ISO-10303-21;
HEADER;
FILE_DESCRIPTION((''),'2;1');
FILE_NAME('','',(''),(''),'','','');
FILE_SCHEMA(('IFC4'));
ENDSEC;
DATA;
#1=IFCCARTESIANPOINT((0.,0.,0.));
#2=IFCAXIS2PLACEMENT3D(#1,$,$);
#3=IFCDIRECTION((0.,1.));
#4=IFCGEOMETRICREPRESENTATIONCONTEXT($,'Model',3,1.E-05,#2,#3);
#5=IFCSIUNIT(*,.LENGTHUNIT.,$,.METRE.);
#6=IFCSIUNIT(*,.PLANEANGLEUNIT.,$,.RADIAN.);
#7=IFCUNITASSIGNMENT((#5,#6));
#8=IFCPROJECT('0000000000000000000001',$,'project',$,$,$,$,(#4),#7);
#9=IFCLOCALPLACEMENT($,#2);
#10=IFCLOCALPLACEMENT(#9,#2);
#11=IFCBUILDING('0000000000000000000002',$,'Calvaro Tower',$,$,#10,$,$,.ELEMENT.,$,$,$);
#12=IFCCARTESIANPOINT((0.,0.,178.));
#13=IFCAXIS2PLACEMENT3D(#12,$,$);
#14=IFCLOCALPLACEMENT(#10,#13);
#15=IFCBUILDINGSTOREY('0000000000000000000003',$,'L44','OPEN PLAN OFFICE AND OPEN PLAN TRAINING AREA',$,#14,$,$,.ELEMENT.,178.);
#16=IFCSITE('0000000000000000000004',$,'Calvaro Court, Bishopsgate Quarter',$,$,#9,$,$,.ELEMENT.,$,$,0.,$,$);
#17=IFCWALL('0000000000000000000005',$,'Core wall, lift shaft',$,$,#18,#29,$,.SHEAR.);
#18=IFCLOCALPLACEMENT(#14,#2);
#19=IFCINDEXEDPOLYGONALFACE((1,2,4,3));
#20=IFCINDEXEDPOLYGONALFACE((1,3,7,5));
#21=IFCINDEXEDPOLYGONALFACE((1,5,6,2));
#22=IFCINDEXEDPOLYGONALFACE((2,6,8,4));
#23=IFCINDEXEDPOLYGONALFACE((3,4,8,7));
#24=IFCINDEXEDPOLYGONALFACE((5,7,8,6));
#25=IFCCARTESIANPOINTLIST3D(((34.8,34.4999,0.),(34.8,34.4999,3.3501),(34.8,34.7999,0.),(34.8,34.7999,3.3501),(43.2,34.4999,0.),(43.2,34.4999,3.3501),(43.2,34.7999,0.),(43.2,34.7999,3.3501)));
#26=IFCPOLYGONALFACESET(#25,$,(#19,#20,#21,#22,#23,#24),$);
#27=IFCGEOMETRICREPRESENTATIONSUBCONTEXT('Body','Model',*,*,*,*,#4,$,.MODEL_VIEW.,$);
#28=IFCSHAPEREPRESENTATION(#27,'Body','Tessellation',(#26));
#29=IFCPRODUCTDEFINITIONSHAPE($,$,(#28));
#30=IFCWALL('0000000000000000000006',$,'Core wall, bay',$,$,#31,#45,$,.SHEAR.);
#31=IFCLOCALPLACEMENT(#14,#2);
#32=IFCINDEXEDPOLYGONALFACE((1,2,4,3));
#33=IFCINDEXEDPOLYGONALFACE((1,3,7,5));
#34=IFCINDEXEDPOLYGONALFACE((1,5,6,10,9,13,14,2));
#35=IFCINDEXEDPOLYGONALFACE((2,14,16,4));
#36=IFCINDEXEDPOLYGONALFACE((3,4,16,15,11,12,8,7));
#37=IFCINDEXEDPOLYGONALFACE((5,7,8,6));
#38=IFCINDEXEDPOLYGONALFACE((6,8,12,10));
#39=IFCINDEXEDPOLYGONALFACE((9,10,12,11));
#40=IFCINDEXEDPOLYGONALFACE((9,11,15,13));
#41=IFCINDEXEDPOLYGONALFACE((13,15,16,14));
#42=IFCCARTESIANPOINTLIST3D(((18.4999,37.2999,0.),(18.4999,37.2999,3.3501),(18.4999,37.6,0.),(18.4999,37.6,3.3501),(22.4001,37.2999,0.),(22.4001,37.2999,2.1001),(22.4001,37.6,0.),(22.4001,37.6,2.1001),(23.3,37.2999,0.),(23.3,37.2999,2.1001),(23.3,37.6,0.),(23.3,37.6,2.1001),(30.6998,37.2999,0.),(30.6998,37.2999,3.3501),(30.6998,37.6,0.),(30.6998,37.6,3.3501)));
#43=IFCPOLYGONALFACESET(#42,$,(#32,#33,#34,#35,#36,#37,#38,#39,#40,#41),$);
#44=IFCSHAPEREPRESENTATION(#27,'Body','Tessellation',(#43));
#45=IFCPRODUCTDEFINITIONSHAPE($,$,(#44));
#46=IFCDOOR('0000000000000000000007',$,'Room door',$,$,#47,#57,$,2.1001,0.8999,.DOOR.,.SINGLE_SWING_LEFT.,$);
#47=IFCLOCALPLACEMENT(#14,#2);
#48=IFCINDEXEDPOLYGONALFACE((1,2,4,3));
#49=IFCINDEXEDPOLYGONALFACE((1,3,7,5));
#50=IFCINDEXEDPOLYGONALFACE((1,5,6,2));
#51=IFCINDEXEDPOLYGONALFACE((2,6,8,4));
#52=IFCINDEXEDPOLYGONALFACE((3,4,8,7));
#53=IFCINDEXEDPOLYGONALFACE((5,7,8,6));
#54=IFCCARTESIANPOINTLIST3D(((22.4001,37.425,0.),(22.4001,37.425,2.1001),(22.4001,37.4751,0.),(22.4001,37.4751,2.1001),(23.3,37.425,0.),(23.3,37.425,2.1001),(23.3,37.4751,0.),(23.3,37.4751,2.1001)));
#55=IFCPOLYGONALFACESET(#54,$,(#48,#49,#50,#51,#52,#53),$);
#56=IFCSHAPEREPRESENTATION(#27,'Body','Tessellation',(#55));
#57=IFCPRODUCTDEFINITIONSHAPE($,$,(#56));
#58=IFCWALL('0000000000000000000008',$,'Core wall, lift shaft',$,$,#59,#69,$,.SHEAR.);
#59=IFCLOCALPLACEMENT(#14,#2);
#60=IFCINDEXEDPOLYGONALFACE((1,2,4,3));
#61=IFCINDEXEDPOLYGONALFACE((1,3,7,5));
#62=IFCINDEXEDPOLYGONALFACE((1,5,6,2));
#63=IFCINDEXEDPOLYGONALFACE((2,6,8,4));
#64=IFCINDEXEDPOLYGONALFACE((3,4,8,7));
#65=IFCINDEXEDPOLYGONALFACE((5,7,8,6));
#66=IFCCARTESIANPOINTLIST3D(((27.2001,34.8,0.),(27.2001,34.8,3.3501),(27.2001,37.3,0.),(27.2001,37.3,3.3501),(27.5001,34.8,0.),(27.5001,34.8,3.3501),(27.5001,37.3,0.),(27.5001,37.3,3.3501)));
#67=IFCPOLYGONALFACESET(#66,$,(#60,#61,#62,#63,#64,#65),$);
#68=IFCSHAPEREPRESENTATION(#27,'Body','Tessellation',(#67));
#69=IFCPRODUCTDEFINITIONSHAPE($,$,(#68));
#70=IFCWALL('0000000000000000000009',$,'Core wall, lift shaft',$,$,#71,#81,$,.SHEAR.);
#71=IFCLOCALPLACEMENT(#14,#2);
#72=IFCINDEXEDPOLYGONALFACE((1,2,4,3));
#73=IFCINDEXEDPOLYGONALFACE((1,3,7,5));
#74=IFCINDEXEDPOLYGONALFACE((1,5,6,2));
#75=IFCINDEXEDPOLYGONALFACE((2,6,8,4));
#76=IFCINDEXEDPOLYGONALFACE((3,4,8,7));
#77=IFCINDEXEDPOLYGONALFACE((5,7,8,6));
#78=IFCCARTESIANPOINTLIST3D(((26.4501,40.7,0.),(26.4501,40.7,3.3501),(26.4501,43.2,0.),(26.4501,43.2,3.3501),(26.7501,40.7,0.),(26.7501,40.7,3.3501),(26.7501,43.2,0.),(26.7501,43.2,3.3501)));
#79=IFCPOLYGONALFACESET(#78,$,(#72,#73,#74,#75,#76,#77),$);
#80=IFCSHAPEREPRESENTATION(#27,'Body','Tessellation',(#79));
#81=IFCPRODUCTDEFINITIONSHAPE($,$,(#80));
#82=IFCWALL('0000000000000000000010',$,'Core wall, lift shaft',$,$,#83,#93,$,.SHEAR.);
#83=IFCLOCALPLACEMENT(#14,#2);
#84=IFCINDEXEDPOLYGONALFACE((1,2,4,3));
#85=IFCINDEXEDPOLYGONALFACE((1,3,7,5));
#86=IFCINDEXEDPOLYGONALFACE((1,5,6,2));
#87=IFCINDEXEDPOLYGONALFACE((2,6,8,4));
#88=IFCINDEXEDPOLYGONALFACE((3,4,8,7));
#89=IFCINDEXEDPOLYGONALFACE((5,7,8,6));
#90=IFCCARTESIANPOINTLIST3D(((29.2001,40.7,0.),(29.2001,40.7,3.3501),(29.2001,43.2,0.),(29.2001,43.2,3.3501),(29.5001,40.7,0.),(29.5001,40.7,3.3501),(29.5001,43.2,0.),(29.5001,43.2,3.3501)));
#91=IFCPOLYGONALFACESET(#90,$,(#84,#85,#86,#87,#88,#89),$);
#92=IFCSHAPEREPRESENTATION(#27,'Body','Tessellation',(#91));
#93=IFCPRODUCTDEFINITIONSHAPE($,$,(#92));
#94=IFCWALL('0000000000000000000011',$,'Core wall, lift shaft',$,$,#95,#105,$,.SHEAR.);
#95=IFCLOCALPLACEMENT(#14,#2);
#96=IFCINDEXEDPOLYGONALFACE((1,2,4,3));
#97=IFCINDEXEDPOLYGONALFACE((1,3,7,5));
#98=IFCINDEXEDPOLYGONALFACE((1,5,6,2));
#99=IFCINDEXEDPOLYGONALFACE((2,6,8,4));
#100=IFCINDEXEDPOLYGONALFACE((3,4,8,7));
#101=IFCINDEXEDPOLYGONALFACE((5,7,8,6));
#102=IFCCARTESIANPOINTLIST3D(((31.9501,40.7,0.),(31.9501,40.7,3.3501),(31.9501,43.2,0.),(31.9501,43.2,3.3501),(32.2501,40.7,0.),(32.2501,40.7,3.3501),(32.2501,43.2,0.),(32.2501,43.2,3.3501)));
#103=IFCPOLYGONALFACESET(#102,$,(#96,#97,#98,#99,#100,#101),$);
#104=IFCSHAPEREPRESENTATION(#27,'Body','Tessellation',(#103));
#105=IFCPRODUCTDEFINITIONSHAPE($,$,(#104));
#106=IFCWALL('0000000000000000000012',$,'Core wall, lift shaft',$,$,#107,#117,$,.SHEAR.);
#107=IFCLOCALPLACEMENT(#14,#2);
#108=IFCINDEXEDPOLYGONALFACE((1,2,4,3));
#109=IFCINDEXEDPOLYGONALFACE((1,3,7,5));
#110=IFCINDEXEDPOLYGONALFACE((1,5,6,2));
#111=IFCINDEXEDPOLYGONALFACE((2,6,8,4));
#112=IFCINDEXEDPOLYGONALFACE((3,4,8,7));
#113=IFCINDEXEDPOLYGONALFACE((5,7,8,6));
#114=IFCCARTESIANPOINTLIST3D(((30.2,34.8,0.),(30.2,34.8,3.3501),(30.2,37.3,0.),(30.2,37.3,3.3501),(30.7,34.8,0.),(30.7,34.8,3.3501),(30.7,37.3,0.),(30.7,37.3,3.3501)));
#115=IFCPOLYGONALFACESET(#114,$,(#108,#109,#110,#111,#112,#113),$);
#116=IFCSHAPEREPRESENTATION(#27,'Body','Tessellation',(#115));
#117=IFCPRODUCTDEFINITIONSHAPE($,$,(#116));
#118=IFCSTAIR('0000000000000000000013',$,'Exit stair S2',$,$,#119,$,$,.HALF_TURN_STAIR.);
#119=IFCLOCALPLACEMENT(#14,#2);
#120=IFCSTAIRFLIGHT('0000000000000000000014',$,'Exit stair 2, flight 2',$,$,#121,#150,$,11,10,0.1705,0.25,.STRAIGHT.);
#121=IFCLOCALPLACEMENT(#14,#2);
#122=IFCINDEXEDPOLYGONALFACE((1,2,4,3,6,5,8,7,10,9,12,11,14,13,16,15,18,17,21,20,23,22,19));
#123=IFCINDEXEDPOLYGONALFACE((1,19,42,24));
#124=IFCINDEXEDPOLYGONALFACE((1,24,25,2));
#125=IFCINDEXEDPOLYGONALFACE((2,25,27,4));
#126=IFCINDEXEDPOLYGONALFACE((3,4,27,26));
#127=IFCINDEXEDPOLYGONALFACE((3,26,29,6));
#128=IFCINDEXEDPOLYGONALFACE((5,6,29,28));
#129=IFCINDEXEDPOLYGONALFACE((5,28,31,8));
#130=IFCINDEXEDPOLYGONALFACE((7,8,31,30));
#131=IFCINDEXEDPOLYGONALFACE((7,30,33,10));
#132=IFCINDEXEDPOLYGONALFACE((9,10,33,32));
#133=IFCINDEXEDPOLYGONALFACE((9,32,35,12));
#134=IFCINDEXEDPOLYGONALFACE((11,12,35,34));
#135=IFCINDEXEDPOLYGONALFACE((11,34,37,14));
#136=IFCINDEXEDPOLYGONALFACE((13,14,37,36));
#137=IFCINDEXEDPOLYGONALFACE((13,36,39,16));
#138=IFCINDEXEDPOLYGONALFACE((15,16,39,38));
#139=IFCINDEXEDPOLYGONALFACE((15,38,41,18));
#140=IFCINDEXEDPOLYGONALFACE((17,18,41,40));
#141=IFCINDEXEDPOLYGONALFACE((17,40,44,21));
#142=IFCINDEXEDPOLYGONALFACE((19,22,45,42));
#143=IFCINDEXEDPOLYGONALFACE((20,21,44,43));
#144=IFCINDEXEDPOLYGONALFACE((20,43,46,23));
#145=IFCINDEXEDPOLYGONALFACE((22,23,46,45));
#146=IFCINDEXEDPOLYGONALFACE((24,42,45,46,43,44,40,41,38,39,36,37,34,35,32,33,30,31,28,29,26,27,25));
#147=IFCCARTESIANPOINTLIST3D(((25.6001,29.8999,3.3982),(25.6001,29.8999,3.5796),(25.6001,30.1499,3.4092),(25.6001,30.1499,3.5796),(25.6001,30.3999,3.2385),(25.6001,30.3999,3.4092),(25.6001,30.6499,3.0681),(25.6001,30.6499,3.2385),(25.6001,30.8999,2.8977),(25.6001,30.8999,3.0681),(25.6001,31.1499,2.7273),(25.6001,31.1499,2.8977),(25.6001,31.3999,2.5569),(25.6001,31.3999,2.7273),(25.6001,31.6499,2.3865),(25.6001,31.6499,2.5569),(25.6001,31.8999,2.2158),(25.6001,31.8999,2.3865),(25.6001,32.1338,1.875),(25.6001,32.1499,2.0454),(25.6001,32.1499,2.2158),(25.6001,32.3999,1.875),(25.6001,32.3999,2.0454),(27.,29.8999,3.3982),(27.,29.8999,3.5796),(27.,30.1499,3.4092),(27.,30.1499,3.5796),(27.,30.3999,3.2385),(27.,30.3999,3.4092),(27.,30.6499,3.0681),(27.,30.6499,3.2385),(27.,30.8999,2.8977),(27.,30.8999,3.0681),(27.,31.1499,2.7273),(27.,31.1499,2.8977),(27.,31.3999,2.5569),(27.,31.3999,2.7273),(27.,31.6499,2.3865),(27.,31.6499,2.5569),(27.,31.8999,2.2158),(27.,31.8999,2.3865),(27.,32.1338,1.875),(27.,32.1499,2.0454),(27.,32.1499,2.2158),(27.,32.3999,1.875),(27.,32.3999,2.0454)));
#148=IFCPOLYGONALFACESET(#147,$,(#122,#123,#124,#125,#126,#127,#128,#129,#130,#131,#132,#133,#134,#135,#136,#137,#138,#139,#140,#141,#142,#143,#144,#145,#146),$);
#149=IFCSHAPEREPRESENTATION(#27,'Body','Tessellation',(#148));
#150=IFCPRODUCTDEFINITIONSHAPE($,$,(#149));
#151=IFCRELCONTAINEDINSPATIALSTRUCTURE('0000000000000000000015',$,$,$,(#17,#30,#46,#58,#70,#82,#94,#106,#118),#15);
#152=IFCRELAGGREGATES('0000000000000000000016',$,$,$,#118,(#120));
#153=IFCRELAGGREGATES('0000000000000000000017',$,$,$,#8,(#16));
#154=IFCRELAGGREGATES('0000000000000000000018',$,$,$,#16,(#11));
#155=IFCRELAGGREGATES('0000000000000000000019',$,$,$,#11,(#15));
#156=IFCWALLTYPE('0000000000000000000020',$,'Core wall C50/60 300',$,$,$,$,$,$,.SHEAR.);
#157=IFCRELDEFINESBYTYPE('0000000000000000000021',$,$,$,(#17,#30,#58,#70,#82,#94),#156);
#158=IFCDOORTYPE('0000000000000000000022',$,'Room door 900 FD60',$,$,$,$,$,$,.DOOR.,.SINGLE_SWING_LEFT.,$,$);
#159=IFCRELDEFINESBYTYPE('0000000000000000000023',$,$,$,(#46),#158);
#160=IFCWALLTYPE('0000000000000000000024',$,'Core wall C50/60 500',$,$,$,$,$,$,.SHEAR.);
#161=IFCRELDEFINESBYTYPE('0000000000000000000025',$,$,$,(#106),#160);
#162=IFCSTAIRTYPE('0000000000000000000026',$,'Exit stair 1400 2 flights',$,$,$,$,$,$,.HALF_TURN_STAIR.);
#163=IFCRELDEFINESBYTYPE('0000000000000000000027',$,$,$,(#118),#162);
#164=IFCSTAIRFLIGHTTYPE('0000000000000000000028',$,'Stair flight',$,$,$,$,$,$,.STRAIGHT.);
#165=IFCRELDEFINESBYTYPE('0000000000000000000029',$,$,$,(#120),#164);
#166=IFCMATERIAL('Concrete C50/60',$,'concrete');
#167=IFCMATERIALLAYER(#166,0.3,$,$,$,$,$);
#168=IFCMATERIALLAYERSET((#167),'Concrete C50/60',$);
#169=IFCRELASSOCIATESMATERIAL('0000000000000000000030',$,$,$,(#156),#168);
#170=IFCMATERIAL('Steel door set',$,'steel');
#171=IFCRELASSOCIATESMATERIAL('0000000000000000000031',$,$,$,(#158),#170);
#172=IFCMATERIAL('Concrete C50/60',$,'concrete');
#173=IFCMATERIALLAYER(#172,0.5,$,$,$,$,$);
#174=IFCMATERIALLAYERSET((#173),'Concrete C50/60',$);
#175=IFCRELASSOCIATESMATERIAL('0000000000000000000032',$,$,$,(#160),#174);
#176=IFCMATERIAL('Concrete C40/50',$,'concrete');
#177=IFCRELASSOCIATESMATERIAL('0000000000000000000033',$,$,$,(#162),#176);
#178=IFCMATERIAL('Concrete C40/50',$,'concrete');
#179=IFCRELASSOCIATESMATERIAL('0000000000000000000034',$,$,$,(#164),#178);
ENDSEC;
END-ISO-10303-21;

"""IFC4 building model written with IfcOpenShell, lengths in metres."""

from ifc_helpers import new_model, si_unit, direction, frame, frame_2d, origin, place, context, subcontext, project, spatial, polyline, rectangle, outline, extrude, material, layer, layer_set, type_object, element, fill, aggregate, save


model = new_model("IFC4")

# Units and contexts
model_context = context("Model", 3, precision=1e-05, world=origin(), true_north=direction((0.0, 1.0)))
body_context = subcontext(model_context, "Body", "Model", "MODEL_VIEW")
ifc_project = project(units=[si_unit("LENGTHUNIT", "METRE"), si_unit("PLANEANGLEUNIT", "RADIAN")], contexts=[model_context])

# Site, building, storey
site_placement = place(None, origin())
site = spatial("IfcSite", under=ifc_project, at=site_placement, Name="Calvaro Court, Bishopsgate Quarter", CompositionType="ELEMENT", RefElevation=0.0)
building_placement = place(site_placement, origin())
building = spatial("IfcBuilding", under=site, at=building_placement, Name="Calvaro Tower", CompositionType="ELEMENT")
storey_placement = place(building_placement, frame((0.0, 0.0, 178.0)))
storey = spatial("IfcBuildingStorey", under=building, at=storey_placement, Name="L44", Description="OPEN PLAN OFFICE AND OPEN PLAN TRAINING AREA", CompositionType="ELEMENT", Elevation=178.0)

# Wall
ifc_material_1 = material(Name="Concrete C50/60", Category="concrete")
ifc_layer_1 = layer(ifc_material_1, 0.3)
ifc_layer_set_1 = layer_set([ifc_layer_1], Name="Concrete C50/60")
wall_type_1 = type_object("IfcWallType", Name="Core wall C50/60 300", PredefinedType="SHEAR", material=ifc_layer_set_1)
wall_1_placement = place(storey_placement, frame((34.8, 34.6499, 0.0), z_axis=(0.0, 0.0, 1.0), x_axis=(1.0, 0.0, 0.0)))
element("IfcWall", 1, at=wall_1_placement, inside=storey, type_object=wall_type_1, Name="Core wall, lift shaft", PredefinedType="SHEAR", context=body_context, shape_type="SweptSolid", body=[
    extrude(rectangle(XDim=8.3999, YDim=0.3, at=frame_2d((4.2, 0.0))), origin(), (0.0, 0.0, 1.0), 3.3501),
])

# Wall, opening, door
wall_2_placement = place(storey_placement, frame((30.7, 37.45, 0.0), z_axis=(0.0, 0.0, 1.0), x_axis=(-1.0, 0.0, 0.0)))
wall_2 = element("IfcWall", 2, at=wall_2_placement, inside=storey, type_object=wall_type_1, Name="Core wall, bay", PredefinedType="SHEAR", context=body_context, shape_type="SweptSolid", body=[
    extrude(rectangle(XDim=12.2, YDim=0.3, at=frame_2d((6.1001, 0.0))), origin(), (0.0, 0.0, 1.0), 3.3501),
])
opening_placement = place(wall_2_placement, frame((7.3999, 0.0, 0.0)))
opening = element("IfcOpeningElement", 3, at=opening_placement, cuts=wall_2, PredefinedType="OPENING", context=body_context, shape_type="SweptSolid", body=[
    extrude(rectangle(XDim=0.8999, YDim=2.1001, at=frame_2d((0.45, 1.05))), frame((0.0, 0.1599, 0.0), z_axis=(0.0, -1.0, 0.0), x_axis=(1.0, 0.0, 0.0)), (0.0, 0.0, 1.0), 0.3201),
])
ifc_material_2 = material(Name="Steel door set", Category="steel")
door_type = type_object("IfcDoorType", Name="Room door 900 FD60", OperationType="SINGLE_SWING_LEFT", PredefinedType="DOOR", material=ifc_material_2)
door_placement = place(opening_placement, origin())
door = element("IfcDoor", 4, at=door_placement, inside=storey, type_object=door_type, Name="Room door", OperationType="SINGLE_SWING_LEFT", OverallHeight=2.1001, OverallWidth=0.8999, PredefinedType="DOOR", context=body_context, shape_type="SweptSolid", body=[
    extrude(rectangle(XDim=0.8999, YDim=2.1001, at=frame_2d((0.45, 1.05))), frame((0.0, 0.0249, 0.0), z_axis=(0.0, -1.0, 0.0), x_axis=(1.0, 0.0, 0.0)), (0.0, 0.0, 1.0), 0.05),
])
fill(opening, door)

# Walls
for number, where, z_axis, x_axis, name in (
    (5, (27.3501, 34.8, 0.0), (0.0, 0.0, 1.0), (0.0, 1.0, 0.0), "Core wall, lift shaft"),
    (6, (26.6001, 40.7, 0.0), (0.0, 0.0, 1.0), (0.0, 1.0, 0.0), "Core wall, lift shaft"),
    (7, (29.3501, 40.7, 0.0), (0.0, 0.0, 1.0), (0.0, 1.0, 0.0), "Core wall, lift shaft"),
    (8, (32.1001, 40.7, 0.0), (0.0, 0.0, 1.0), (0.0, 1.0, 0.0), "Core wall, lift shaft"),
):
    element("IfcWall", number, at=place(storey_placement, frame(where, z_axis=z_axis, x_axis=x_axis)), inside=storey, type_object=wall_type_1, Name=name, PredefinedType="SHEAR", context=body_context, shape_type="SweptSolid", body=[
        extrude(rectangle(XDim=2.5, YDim=0.3, at=frame_2d((1.25, 0.0))), origin(), (0.0, 0.0, 1.0), 3.3501),
    ])
ifc_material_3 = material(Name="Concrete C50/60", Category="concrete")
ifc_layer_2 = layer(ifc_material_3, 0.5)
ifc_layer_set_2 = layer_set([ifc_layer_2], Name="Concrete C50/60")
wall_type_2 = type_object("IfcWallType", Name="Core wall C50/60 500", PredefinedType="SHEAR", material=ifc_layer_set_2)
wall_3_placement = place(storey_placement, frame((30.45, 34.8, 0.0), z_axis=(0.0, 0.0, 1.0), x_axis=(0.0, 1.0, 0.0)))
element("IfcWall", 9, at=wall_3_placement, inside=storey, type_object=wall_type_2, Name="Core wall, lift shaft", PredefinedType="SHEAR", context=body_context, shape_type="SweptSolid", body=[
    extrude(rectangle(XDim=2.5, YDim=0.5, at=frame_2d((1.25, 0.0))), origin(), (0.0, 0.0, 1.0), 3.3501),
])

# Stair, stair flight
ifc_material_4 = material(Name="Concrete C40/50", Category="concrete")
stair_type = type_object("IfcStairType", Name="Exit stair 1400 2 flights", PredefinedType="HALF_TURN_STAIR", material=ifc_material_4)
stair_placement = place(storey_placement, origin())
stair = element("IfcStair", 10, at=stair_placement, inside=storey, type_object=stair_type, Name="Exit stair S2", PredefinedType="HALF_TURN_STAIR")
ifc_material_5 = material(Name="Concrete C40/50", Category="concrete")
stair_flight_type = type_object("IfcStairFlightType", Name="Stair flight", PredefinedType="STRAIGHT", material=ifc_material_5)
stair_flight_placement = place(storey_placement, frame((26.3, 32.3999, 1.875), z_axis=(0.0, 0.0, 1.0), x_axis=(0.0, -1.0, 0.0)))
stair_flight = element("IfcStairFlight", 11, at=stair_flight_placement, type_object=stair_flight_type, Name="Exit stair 2, flight 2", NumberOfRisers=11, NumberOfTreads=10, PredefinedType="STRAIGHT", RiserHeight=0.1705, TreadLength=0.25, context=body_context, shape_type="SweptSolid", body=[
    extrude(outline(polyline([(0.0, 0.0), (0.0, 0.1704), (0.25, 0.1704), (0.25, 0.3408), (0.5, 0.3408), (0.5, 0.5115), (0.75, 0.5115), (0.75, 0.6819), (1.0, 0.6819), (1.0, 0.8523), (1.25, 0.8523), (1.25, 1.0227), (1.5, 1.0227), (1.5, 1.1931), (1.75, 1.1931), (1.75, 1.3635), (2.0, 1.3635), (2.0, 1.5342), (2.25, 1.5342), (2.25, 1.7046), (2.5, 1.7046), (2.5, 1.875), (2.5, 1.5232), (0.2661, 0.0), (0.0, 0.0)])), frame((0.0, 0.7, 0.0), z_axis=(0.0, -1.0, 0.0), x_axis=(1.0, 0.0, 0.0)), (0.0, 0.0, 1.0), 1.3999),
])
aggregate(stair, [stair_flight])

save(model, "model.ifc")
